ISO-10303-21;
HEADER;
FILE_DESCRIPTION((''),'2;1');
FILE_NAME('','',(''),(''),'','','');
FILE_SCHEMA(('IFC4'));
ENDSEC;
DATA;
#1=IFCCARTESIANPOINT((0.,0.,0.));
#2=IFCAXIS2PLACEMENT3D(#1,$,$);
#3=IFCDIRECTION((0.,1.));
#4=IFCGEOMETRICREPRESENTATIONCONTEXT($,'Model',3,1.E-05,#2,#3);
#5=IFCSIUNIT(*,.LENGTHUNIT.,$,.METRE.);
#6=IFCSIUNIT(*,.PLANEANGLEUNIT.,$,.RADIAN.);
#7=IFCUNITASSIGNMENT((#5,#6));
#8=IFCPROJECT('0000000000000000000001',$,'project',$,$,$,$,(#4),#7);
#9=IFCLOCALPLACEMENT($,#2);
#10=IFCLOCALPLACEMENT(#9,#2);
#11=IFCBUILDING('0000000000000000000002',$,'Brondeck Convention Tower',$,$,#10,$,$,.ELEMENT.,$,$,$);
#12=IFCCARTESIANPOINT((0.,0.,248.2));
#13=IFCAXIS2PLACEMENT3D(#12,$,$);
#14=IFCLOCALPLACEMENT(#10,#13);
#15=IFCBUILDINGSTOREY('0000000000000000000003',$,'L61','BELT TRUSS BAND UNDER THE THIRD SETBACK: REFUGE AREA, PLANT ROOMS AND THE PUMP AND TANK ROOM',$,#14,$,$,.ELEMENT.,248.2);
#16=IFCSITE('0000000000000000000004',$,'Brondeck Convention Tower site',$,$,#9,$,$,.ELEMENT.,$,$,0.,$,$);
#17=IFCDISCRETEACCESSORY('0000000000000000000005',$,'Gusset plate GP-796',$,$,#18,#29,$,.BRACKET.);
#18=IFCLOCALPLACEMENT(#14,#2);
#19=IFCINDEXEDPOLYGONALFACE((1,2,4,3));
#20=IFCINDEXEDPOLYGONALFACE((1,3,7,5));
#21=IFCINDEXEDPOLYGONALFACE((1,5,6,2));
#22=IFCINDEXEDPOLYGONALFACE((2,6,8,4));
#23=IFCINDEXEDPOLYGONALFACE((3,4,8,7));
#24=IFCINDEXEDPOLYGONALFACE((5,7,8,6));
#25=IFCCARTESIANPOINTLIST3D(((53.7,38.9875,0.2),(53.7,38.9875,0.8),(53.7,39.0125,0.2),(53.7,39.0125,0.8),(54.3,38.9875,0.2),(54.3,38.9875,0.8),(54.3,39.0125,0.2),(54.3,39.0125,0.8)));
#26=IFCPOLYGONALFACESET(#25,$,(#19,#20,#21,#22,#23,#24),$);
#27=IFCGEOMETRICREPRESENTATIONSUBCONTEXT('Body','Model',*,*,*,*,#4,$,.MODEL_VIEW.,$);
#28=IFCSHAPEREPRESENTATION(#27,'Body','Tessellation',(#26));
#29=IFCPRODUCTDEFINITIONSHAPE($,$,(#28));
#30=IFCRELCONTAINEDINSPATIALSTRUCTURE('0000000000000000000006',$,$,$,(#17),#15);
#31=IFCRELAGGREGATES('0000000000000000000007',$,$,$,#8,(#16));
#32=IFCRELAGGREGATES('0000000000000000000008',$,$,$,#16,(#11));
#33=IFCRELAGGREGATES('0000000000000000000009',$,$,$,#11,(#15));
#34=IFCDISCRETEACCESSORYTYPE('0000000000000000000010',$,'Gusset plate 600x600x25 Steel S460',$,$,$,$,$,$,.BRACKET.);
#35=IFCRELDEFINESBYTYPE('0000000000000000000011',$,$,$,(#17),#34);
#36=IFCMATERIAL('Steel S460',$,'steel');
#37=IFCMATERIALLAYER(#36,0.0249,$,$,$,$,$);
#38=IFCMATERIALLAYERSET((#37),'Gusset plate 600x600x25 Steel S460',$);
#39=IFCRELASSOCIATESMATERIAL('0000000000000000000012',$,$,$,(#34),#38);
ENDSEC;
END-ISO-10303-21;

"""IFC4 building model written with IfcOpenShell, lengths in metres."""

from ifc_helpers import new_model, si_unit, direction, frame, origin, origin_2d, place, context, subcontext, project, spatial, rectangle, extrude, material, layer, layer_set, type_object, element, save


model = new_model("IFC4")

# Units and contexts
model_context = context("Model", 3, precision=1e-05, world=origin(), true_north=direction((0.0, 1.0)))
body_context = subcontext(model_context, "Body", "Model", "MODEL_VIEW")
ifc_project = project(units=[si_unit("LENGTHUNIT", "METRE"), si_unit("PLANEANGLEUNIT", "RADIAN")], contexts=[model_context])

# Site, building, storey
site_placement = place(None, origin())
site = spatial("IfcSite", under=ifc_project, at=site_placement, Name="Brondeck Convention Tower site", CompositionType="ELEMENT", RefElevation=0.0)
building_placement = place(site_placement, origin())
building = spatial("IfcBuilding", under=site, at=building_placement, Name="Brondeck Convention Tower", CompositionType="ELEMENT")
storey_placement = place(building_placement, frame((0.0, 0.0, 248.2)))
storey = spatial("IfcBuildingStorey", under=building, at=storey_placement, Name="L61", Description="BELT TRUSS BAND UNDER THE THIRD SETBACK: REFUGE AREA, PLANT ROOMS AND THE PUMP AND TANK ROOM", CompositionType="ELEMENT", Elevation=248.2)

# Shared definitions
ifc_material_1 = material(Name="Steel S460", Category="steel")

# Discrete accessory
ifc_layer = layer(ifc_material_1, 0.0249)
ifc_layer_set = layer_set([ifc_layer], Name="Gusset plate 600x600x25 Steel S460")
discrete_accessory_type = type_object("IfcDiscreteAccessoryType", Name="Gusset plate 600x600x25 Steel S460", PredefinedType="BRACKET", material=ifc_layer_set)
for number, where, z_axis, x_axis, name in (
    (1, (54.0, 39.0, 0.2), (0.0, 0.0, 1.0), (1.0, 0.0, 0.0), "Gusset plate GP-796"),
):
    element("IfcDiscreteAccessory", number, at=place(storey_placement, frame(where, z_axis=z_axis, x_axis=x_axis)), inside=storey, type_object=discrete_accessory_type, Name=name, PredefinedType="BRACKET", context=body_context, shape_type="SweptSolid", body=[
        extrude(rectangle(XDim=0.6001, YDim=0.0249, at=origin_2d()), origin(), (0.0, 0.0, 1.0), 0.6001),
    ])

save(model, "model.ifc")
